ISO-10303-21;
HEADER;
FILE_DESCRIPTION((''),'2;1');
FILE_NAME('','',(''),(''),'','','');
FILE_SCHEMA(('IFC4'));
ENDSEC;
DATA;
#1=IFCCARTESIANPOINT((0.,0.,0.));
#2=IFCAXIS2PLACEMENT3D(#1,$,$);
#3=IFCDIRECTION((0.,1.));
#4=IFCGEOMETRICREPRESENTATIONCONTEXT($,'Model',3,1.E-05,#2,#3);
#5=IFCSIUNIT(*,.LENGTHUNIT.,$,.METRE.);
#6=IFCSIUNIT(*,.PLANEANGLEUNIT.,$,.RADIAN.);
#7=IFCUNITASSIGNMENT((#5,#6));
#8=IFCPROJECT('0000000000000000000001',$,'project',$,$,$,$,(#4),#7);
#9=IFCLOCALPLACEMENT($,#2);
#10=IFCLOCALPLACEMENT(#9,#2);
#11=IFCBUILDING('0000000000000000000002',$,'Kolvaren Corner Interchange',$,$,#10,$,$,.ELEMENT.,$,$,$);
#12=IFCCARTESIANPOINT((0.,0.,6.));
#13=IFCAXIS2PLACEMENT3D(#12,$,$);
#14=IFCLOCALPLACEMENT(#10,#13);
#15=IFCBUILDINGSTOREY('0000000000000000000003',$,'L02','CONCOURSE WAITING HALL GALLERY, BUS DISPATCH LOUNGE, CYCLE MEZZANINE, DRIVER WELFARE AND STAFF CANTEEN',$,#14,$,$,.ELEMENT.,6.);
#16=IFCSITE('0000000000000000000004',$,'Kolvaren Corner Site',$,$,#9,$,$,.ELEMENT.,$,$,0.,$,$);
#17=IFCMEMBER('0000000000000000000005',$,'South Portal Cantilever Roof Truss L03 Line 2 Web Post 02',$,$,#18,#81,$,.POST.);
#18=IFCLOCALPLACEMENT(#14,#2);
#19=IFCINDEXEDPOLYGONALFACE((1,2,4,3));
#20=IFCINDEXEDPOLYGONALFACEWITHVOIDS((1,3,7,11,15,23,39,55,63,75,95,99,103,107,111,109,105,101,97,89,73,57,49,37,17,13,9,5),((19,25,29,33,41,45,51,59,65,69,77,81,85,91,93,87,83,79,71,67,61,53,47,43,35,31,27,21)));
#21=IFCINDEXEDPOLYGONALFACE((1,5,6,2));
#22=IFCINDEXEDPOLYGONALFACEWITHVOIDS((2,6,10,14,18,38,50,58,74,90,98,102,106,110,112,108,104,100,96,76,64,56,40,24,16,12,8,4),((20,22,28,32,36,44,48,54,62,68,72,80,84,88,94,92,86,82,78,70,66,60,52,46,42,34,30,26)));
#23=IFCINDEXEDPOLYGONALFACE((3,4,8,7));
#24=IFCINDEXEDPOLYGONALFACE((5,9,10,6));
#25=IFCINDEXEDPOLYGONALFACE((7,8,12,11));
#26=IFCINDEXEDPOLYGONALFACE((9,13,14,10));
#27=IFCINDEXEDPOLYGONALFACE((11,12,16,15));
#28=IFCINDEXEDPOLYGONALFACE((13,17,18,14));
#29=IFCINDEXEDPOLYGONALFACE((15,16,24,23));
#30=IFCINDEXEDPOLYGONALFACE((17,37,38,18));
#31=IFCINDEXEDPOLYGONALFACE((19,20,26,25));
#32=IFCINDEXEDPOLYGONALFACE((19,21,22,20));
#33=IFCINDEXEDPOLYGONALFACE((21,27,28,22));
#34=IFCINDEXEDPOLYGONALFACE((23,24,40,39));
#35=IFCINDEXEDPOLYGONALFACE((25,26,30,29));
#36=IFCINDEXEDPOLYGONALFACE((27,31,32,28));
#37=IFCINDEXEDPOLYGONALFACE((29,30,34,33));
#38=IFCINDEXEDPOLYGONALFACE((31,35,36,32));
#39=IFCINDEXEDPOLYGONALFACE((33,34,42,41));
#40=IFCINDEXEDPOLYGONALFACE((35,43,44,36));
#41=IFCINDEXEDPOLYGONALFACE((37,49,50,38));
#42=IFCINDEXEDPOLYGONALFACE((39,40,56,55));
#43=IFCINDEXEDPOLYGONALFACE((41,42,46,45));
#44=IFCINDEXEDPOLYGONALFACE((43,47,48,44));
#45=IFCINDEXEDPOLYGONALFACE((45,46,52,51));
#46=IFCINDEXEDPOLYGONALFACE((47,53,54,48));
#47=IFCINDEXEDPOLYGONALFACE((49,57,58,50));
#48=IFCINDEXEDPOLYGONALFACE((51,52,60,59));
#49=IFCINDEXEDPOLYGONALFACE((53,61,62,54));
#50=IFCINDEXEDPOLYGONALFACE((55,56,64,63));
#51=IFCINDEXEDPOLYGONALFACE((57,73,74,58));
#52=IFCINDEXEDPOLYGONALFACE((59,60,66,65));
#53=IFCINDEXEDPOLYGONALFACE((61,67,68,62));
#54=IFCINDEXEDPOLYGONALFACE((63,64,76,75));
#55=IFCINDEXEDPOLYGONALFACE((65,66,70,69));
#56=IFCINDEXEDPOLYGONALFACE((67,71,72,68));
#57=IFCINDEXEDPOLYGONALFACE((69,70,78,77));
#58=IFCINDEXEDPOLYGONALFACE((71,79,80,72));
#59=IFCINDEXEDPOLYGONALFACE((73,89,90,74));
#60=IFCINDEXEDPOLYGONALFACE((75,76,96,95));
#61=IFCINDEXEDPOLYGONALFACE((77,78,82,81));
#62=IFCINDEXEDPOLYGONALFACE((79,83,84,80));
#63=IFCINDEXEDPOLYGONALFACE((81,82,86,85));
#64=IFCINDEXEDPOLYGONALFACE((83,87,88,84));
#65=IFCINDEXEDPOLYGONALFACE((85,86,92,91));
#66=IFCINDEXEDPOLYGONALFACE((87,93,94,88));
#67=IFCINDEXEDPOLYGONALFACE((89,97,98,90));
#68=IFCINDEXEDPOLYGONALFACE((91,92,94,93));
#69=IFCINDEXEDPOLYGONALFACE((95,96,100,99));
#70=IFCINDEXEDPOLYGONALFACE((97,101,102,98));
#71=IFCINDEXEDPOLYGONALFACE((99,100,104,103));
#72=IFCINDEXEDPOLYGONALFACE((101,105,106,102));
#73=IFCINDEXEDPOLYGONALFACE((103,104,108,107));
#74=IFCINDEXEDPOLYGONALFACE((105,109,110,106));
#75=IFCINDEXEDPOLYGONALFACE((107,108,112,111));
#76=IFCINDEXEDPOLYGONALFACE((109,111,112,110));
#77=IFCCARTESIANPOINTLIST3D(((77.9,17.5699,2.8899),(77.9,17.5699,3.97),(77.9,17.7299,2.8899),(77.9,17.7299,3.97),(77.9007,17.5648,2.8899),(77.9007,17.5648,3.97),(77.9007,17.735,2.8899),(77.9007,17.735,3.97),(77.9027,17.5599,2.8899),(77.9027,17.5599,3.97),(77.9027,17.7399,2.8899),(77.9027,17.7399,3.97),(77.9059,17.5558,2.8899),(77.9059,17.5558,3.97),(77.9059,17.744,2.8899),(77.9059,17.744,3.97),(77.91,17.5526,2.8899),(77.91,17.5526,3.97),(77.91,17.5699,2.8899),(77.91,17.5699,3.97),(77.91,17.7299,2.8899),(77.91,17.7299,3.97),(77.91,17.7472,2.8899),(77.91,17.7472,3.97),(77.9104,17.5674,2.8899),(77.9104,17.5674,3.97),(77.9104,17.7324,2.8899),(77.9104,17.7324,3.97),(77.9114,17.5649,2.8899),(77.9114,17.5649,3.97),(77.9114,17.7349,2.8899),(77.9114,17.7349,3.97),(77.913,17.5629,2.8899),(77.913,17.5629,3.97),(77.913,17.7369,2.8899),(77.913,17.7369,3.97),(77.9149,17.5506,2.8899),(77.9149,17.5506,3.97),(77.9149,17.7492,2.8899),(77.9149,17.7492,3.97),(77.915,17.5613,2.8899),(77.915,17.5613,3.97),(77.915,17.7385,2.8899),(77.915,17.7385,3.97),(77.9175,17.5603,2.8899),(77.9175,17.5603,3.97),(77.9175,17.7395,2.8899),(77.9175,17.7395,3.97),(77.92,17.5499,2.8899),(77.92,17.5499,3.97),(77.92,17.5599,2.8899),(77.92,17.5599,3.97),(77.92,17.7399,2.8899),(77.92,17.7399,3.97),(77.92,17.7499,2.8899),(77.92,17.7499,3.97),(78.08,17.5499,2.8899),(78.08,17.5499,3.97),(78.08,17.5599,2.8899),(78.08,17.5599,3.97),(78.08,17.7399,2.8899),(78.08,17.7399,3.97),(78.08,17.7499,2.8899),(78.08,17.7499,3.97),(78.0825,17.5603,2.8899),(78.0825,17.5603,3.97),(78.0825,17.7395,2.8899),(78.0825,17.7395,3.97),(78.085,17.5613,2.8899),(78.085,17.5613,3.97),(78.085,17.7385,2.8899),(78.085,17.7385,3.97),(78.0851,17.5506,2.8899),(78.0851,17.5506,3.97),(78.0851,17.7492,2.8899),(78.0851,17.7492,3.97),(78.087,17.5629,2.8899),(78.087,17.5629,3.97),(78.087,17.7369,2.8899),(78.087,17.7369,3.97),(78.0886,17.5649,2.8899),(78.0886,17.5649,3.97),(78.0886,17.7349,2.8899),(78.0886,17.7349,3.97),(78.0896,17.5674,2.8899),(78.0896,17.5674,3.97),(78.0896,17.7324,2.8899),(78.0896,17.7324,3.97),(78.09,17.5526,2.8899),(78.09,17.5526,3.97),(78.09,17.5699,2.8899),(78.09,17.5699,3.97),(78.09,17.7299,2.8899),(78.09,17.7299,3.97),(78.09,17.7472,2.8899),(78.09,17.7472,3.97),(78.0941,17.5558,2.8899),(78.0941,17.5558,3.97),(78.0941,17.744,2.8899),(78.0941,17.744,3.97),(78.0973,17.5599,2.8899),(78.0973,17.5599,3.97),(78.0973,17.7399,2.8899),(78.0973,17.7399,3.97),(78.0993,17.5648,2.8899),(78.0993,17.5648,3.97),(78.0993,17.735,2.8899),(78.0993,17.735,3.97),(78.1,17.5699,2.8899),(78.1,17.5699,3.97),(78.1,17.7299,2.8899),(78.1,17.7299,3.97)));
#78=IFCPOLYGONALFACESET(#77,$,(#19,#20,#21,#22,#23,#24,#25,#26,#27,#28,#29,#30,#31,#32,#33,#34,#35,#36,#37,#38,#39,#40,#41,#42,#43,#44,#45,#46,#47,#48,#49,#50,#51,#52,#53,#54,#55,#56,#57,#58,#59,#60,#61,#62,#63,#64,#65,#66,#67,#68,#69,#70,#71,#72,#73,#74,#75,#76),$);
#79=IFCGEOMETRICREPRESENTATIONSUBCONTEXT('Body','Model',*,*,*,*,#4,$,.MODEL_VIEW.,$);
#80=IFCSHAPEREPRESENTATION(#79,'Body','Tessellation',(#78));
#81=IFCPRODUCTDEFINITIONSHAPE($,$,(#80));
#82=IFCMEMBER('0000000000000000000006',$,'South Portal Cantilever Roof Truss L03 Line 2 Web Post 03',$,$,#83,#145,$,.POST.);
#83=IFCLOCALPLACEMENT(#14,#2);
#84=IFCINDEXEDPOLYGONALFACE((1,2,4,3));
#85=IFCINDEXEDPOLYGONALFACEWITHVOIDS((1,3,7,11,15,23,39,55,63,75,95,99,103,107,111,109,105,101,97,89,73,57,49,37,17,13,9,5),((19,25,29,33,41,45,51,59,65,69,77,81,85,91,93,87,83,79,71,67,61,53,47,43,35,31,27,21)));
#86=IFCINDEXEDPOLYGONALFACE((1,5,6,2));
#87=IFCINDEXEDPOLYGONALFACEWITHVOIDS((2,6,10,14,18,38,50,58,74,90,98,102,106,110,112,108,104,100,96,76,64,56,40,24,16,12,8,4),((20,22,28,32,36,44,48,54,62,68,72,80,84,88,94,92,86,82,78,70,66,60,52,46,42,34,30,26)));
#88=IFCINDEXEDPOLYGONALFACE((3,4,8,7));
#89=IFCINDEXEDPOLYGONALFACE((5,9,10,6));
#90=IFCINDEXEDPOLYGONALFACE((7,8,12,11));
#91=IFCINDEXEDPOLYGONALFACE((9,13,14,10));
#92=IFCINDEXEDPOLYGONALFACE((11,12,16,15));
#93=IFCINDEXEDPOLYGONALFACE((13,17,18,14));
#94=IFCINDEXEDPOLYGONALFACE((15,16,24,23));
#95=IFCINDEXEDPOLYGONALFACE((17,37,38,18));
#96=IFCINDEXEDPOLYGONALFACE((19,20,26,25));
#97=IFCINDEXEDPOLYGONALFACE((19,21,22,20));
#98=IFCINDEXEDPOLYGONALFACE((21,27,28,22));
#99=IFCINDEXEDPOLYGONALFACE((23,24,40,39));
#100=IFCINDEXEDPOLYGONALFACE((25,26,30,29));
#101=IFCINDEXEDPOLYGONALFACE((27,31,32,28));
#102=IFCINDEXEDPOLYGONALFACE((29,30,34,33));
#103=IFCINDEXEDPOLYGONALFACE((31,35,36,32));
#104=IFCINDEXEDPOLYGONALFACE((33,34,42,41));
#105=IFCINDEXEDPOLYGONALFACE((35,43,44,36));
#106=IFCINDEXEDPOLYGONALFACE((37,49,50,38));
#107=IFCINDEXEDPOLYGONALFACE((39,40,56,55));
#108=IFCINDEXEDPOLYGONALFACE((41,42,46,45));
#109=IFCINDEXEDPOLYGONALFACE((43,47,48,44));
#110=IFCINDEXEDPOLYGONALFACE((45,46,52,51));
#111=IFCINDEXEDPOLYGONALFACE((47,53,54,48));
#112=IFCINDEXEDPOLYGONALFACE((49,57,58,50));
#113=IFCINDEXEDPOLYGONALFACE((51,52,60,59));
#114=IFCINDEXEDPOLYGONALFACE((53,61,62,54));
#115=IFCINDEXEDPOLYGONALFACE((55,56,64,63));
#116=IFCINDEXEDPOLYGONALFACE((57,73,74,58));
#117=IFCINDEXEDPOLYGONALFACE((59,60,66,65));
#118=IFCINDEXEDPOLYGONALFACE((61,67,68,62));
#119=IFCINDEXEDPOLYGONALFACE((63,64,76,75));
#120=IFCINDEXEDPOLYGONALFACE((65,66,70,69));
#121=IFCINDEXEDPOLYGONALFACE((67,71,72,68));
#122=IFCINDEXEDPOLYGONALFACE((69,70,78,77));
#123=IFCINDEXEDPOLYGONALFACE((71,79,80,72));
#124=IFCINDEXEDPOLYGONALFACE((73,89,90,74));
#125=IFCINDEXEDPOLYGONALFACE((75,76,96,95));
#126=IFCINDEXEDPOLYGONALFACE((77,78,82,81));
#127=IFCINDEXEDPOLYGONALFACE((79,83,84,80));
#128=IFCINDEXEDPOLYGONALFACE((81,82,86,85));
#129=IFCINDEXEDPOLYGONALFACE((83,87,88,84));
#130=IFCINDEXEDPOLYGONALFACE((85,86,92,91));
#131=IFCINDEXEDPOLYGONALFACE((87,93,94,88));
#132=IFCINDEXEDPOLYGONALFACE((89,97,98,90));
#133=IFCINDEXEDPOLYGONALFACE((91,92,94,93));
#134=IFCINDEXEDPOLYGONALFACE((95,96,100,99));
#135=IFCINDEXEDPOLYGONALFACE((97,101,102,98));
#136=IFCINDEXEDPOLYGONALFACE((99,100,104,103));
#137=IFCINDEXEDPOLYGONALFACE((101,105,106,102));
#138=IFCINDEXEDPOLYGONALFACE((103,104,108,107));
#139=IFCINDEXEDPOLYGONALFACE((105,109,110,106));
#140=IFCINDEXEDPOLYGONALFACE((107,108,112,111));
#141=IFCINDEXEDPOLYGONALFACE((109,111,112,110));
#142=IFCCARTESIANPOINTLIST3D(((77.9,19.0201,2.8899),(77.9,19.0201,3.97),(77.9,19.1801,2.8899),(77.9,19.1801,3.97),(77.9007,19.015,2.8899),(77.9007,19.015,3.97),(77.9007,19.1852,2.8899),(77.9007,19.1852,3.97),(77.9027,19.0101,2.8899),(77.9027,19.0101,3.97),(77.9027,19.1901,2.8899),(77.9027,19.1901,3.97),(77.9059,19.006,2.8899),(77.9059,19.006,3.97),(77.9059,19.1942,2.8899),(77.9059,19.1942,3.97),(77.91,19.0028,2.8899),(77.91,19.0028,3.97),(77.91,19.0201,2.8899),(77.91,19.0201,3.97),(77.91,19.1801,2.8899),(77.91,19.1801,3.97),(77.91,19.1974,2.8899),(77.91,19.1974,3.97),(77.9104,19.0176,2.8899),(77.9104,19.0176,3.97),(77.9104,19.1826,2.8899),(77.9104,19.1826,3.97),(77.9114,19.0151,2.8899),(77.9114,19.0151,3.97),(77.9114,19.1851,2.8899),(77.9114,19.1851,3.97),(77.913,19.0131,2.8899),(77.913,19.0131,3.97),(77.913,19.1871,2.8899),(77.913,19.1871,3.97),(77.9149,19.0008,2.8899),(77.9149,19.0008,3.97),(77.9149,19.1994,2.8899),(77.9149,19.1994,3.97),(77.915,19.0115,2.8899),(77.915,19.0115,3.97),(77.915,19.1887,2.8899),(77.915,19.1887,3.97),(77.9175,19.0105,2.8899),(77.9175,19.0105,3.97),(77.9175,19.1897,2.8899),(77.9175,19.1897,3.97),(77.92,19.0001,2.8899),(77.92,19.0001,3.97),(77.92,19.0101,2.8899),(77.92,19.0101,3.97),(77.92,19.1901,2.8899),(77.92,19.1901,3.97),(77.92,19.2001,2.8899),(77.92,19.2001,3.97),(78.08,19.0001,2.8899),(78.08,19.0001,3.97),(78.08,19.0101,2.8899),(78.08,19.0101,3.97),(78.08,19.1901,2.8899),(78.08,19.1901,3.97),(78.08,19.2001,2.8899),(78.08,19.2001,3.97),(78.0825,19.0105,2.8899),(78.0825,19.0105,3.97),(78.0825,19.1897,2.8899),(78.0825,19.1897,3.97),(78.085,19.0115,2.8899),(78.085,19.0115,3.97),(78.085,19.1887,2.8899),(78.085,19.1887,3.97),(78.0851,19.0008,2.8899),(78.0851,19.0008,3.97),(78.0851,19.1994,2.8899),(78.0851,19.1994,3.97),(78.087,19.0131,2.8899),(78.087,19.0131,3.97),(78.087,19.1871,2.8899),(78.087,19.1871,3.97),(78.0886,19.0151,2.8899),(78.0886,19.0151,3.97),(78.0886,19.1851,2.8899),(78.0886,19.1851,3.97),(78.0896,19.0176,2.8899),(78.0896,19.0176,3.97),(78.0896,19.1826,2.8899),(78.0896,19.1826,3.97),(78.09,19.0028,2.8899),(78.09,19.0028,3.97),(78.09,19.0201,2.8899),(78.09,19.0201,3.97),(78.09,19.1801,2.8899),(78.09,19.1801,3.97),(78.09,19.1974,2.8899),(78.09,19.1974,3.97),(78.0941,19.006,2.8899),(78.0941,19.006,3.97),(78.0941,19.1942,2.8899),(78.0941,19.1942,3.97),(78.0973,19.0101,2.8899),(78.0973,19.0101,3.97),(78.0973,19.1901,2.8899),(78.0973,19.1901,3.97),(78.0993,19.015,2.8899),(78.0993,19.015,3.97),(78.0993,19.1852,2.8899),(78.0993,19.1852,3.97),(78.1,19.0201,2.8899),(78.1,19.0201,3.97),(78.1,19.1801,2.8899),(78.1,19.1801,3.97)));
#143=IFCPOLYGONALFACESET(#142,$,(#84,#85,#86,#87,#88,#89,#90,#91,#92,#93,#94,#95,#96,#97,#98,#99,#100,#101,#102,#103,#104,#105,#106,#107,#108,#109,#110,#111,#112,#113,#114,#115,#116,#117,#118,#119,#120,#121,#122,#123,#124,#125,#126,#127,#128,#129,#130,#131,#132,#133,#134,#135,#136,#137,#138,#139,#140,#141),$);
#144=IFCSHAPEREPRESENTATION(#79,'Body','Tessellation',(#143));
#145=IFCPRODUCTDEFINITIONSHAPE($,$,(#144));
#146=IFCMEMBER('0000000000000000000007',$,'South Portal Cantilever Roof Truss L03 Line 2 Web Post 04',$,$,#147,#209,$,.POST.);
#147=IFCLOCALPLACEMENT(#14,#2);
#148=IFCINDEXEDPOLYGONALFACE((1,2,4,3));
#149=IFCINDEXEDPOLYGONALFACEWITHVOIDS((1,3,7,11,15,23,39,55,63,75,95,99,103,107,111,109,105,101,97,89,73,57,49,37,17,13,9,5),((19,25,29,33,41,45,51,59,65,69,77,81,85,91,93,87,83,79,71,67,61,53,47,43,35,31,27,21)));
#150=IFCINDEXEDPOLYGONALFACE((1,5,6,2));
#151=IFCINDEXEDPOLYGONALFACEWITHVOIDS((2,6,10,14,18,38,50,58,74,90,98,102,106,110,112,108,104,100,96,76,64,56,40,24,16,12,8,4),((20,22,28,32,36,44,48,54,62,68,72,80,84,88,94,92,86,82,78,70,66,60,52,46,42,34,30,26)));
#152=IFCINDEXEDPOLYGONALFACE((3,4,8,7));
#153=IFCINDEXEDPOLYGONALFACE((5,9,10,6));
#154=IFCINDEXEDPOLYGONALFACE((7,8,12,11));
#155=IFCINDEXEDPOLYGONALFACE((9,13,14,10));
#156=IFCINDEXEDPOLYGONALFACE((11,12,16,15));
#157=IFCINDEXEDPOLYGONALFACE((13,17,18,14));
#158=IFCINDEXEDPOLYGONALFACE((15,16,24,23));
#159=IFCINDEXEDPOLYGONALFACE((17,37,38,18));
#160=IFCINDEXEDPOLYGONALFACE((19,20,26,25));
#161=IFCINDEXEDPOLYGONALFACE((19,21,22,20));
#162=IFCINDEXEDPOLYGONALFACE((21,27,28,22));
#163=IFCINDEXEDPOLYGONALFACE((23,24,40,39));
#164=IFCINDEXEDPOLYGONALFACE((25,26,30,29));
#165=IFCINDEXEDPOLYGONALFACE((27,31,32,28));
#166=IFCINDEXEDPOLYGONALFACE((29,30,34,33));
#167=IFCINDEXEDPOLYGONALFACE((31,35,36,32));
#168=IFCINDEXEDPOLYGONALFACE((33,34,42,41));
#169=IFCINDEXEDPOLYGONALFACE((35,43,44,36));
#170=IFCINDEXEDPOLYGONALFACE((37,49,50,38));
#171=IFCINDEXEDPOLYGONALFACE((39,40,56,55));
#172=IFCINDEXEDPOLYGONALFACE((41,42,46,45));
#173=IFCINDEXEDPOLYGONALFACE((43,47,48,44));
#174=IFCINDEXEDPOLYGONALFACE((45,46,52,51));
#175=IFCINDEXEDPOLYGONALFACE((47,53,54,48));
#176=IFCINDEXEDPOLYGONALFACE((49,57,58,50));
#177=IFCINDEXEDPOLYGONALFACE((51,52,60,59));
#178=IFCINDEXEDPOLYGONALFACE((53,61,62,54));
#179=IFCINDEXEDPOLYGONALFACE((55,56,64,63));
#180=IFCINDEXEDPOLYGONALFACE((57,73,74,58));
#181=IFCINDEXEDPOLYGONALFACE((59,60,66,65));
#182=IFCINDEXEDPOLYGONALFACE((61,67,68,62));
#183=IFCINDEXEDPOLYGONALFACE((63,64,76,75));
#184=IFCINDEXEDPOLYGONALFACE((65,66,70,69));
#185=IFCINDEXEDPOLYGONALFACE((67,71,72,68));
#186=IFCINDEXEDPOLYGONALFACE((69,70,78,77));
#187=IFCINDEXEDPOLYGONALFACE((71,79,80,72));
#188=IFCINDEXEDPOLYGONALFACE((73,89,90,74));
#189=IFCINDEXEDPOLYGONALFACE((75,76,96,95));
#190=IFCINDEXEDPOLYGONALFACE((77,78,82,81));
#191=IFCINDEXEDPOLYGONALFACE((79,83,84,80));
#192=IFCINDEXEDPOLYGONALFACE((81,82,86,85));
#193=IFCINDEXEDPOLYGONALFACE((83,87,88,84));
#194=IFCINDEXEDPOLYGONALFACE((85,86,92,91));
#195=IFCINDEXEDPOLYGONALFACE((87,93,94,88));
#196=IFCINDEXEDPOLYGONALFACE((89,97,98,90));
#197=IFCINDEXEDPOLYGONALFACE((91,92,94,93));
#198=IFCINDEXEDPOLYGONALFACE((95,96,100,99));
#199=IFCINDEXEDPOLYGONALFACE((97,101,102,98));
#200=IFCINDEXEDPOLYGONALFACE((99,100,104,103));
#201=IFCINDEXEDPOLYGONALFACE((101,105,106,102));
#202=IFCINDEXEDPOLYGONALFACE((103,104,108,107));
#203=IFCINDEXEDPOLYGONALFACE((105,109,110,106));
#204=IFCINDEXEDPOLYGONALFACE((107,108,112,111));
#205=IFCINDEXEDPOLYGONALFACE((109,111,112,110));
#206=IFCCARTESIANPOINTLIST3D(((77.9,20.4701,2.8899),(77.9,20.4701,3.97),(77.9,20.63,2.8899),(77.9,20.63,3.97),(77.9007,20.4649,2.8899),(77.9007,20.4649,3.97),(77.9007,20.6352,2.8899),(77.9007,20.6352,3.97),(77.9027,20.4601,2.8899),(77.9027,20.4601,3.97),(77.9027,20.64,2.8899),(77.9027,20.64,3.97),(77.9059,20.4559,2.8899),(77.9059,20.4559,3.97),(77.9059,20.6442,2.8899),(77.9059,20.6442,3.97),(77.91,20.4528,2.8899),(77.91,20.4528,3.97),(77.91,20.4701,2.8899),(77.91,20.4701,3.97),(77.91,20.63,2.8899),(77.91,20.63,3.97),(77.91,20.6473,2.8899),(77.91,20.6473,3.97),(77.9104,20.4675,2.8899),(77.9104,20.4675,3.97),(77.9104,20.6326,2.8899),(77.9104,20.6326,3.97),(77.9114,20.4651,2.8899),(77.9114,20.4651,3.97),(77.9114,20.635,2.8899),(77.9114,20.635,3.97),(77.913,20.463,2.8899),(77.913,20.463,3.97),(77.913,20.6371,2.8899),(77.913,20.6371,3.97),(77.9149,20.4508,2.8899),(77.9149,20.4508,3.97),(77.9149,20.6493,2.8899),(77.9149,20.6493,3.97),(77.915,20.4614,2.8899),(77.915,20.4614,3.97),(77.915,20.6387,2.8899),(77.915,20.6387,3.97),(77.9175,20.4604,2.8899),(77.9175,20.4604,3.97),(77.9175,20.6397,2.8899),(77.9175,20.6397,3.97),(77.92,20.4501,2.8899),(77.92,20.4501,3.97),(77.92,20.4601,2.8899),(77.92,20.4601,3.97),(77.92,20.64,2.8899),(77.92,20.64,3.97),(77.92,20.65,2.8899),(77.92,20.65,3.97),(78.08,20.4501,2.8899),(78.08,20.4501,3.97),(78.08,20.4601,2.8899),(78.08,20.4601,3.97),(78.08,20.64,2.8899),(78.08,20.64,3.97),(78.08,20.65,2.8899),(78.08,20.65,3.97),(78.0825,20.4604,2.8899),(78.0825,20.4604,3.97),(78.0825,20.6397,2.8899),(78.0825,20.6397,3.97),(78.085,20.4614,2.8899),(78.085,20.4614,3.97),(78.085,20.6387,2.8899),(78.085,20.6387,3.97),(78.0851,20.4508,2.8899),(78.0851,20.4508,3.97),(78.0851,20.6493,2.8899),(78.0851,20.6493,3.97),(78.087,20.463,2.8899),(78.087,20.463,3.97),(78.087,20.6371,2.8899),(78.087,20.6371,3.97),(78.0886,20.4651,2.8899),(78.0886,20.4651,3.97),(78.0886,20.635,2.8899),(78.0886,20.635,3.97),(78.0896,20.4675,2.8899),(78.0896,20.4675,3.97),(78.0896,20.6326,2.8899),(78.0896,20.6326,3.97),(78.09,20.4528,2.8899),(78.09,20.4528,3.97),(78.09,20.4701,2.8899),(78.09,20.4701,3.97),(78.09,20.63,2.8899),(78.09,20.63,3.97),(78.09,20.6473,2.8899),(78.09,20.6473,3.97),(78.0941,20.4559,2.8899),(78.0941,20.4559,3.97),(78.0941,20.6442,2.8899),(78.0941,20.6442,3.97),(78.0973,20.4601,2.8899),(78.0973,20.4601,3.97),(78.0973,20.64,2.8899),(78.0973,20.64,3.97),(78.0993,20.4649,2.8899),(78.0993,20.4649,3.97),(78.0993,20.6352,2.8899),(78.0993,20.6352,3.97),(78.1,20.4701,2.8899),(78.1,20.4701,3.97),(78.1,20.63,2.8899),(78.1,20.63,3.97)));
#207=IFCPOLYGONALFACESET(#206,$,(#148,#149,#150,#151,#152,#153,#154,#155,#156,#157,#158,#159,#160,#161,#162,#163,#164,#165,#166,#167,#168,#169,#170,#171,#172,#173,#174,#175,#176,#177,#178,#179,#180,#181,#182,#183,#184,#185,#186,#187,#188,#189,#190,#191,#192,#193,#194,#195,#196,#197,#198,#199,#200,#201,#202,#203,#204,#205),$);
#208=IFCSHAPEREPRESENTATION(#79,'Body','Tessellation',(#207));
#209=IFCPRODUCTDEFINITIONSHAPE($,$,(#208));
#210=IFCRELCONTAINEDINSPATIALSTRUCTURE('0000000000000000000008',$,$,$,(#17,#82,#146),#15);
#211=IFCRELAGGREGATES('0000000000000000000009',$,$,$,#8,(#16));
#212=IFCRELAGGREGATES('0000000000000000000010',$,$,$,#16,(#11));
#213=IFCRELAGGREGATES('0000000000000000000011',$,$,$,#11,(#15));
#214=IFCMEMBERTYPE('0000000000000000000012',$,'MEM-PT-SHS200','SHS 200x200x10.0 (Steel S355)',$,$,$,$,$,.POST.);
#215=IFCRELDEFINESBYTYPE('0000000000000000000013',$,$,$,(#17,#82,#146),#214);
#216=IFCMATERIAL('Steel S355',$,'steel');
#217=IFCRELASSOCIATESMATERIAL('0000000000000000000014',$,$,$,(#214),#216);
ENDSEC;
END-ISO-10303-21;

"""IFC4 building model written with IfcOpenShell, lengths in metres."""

from ifc_helpers import new_model, si_unit, direction, frame, origin, origin_2d, place, context, subcontext, project, spatial, hollow_rectangle, extrude, material, material_profile, profile_set, type_object, element, save


model = new_model("IFC4")

# Units and contexts
model_context = context("Model", 3, precision=1e-05, world=origin(), true_north=direction((0.0, 1.0)))
body_context = subcontext(model_context, "Body", "Model", "MODEL_VIEW")
ifc_project = project(units=[si_unit("LENGTHUNIT", "METRE"), si_unit("PLANEANGLEUNIT", "RADIAN")], contexts=[model_context])

# Site, building, storey
site_placement = place(None, origin())
site = spatial("IfcSite", under=ifc_project, at=site_placement, Name="Kolvaren Corner Site", CompositionType="ELEMENT", RefElevation=0.0)
building_placement = place(site_placement, origin())
building = spatial("IfcBuilding", under=site, at=building_placement, Name="Kolvaren Corner Interchange", CompositionType="ELEMENT")
storey_placement = place(building_placement, frame((0.0, 0.0, 6.0)))
storey = spatial("IfcBuildingStorey", under=building, at=storey_placement, Name="L02", Description="CONCOURSE WAITING HALL GALLERY, BUS DISPATCH LOUNGE, CYCLE MEZZANINE, DRIVER WELFARE AND STAFF CANTEEN", CompositionType="ELEMENT", Elevation=6.0)

# Members
ifc_material_1 = material(Name="Steel S355", Category="steel")
ifc_material_profile_1 = material_profile(ifc_material_1, hollow_rectangle(XDim=0.2, YDim=0.2, WallThickness=0.01, InnerFilletRadius=0.01, OuterFilletRadius=0.02, at=origin_2d()), Name="SHS 200x200x10.0")
ifc_profile_set_1 = profile_set([ifc_material_profile_1], Name="Steel S355")
member_type_1 = type_object("IfcMemberType", Name="MEM-PT-SHS200", Description="SHS 200x200x10.0 (Steel S355)", PredefinedType="POST", material=ifc_profile_set_1)
for number, where, z_axis, x_axis, name in (
    (1, (78.0, 17.6499, 2.8899), (0.0, 0.0, 1.0), (1.0, 0.0, 0.0), "South Portal Cantilever Roof Truss L03 Line 2 Web Post 02"),
    (2, (78.0, 19.1001, 2.8899), (0.0, 0.0, 1.0), (1.0, 0.0, 0.0), "South Portal Cantilever Roof Truss L03 Line 2 Web Post 03"),
    (3, (78.0, 20.55, 2.8899), (0.0, 0.0, 1.0), (1.0, 0.0, 0.0), "South Portal Cantilever Roof Truss L03 Line 2 Web Post 04"),
):
    element("IfcMember", number, at=place(storey_placement, frame(where, z_axis=z_axis, x_axis=x_axis)), inside=storey, type_object=member_type_1, Name=name, PredefinedType="POST", context=body_context, shape_type="SweptSolid", body=[
        extrude(hollow_rectangle(XDim=0.2, YDim=0.2, WallThickness=0.01, InnerFilletRadius=0.01, OuterFilletRadius=0.02, at=origin_2d()), origin(), (0.0, 0.0, 1.0), 1.0801),
    ])

save(model, "model.ifc")
